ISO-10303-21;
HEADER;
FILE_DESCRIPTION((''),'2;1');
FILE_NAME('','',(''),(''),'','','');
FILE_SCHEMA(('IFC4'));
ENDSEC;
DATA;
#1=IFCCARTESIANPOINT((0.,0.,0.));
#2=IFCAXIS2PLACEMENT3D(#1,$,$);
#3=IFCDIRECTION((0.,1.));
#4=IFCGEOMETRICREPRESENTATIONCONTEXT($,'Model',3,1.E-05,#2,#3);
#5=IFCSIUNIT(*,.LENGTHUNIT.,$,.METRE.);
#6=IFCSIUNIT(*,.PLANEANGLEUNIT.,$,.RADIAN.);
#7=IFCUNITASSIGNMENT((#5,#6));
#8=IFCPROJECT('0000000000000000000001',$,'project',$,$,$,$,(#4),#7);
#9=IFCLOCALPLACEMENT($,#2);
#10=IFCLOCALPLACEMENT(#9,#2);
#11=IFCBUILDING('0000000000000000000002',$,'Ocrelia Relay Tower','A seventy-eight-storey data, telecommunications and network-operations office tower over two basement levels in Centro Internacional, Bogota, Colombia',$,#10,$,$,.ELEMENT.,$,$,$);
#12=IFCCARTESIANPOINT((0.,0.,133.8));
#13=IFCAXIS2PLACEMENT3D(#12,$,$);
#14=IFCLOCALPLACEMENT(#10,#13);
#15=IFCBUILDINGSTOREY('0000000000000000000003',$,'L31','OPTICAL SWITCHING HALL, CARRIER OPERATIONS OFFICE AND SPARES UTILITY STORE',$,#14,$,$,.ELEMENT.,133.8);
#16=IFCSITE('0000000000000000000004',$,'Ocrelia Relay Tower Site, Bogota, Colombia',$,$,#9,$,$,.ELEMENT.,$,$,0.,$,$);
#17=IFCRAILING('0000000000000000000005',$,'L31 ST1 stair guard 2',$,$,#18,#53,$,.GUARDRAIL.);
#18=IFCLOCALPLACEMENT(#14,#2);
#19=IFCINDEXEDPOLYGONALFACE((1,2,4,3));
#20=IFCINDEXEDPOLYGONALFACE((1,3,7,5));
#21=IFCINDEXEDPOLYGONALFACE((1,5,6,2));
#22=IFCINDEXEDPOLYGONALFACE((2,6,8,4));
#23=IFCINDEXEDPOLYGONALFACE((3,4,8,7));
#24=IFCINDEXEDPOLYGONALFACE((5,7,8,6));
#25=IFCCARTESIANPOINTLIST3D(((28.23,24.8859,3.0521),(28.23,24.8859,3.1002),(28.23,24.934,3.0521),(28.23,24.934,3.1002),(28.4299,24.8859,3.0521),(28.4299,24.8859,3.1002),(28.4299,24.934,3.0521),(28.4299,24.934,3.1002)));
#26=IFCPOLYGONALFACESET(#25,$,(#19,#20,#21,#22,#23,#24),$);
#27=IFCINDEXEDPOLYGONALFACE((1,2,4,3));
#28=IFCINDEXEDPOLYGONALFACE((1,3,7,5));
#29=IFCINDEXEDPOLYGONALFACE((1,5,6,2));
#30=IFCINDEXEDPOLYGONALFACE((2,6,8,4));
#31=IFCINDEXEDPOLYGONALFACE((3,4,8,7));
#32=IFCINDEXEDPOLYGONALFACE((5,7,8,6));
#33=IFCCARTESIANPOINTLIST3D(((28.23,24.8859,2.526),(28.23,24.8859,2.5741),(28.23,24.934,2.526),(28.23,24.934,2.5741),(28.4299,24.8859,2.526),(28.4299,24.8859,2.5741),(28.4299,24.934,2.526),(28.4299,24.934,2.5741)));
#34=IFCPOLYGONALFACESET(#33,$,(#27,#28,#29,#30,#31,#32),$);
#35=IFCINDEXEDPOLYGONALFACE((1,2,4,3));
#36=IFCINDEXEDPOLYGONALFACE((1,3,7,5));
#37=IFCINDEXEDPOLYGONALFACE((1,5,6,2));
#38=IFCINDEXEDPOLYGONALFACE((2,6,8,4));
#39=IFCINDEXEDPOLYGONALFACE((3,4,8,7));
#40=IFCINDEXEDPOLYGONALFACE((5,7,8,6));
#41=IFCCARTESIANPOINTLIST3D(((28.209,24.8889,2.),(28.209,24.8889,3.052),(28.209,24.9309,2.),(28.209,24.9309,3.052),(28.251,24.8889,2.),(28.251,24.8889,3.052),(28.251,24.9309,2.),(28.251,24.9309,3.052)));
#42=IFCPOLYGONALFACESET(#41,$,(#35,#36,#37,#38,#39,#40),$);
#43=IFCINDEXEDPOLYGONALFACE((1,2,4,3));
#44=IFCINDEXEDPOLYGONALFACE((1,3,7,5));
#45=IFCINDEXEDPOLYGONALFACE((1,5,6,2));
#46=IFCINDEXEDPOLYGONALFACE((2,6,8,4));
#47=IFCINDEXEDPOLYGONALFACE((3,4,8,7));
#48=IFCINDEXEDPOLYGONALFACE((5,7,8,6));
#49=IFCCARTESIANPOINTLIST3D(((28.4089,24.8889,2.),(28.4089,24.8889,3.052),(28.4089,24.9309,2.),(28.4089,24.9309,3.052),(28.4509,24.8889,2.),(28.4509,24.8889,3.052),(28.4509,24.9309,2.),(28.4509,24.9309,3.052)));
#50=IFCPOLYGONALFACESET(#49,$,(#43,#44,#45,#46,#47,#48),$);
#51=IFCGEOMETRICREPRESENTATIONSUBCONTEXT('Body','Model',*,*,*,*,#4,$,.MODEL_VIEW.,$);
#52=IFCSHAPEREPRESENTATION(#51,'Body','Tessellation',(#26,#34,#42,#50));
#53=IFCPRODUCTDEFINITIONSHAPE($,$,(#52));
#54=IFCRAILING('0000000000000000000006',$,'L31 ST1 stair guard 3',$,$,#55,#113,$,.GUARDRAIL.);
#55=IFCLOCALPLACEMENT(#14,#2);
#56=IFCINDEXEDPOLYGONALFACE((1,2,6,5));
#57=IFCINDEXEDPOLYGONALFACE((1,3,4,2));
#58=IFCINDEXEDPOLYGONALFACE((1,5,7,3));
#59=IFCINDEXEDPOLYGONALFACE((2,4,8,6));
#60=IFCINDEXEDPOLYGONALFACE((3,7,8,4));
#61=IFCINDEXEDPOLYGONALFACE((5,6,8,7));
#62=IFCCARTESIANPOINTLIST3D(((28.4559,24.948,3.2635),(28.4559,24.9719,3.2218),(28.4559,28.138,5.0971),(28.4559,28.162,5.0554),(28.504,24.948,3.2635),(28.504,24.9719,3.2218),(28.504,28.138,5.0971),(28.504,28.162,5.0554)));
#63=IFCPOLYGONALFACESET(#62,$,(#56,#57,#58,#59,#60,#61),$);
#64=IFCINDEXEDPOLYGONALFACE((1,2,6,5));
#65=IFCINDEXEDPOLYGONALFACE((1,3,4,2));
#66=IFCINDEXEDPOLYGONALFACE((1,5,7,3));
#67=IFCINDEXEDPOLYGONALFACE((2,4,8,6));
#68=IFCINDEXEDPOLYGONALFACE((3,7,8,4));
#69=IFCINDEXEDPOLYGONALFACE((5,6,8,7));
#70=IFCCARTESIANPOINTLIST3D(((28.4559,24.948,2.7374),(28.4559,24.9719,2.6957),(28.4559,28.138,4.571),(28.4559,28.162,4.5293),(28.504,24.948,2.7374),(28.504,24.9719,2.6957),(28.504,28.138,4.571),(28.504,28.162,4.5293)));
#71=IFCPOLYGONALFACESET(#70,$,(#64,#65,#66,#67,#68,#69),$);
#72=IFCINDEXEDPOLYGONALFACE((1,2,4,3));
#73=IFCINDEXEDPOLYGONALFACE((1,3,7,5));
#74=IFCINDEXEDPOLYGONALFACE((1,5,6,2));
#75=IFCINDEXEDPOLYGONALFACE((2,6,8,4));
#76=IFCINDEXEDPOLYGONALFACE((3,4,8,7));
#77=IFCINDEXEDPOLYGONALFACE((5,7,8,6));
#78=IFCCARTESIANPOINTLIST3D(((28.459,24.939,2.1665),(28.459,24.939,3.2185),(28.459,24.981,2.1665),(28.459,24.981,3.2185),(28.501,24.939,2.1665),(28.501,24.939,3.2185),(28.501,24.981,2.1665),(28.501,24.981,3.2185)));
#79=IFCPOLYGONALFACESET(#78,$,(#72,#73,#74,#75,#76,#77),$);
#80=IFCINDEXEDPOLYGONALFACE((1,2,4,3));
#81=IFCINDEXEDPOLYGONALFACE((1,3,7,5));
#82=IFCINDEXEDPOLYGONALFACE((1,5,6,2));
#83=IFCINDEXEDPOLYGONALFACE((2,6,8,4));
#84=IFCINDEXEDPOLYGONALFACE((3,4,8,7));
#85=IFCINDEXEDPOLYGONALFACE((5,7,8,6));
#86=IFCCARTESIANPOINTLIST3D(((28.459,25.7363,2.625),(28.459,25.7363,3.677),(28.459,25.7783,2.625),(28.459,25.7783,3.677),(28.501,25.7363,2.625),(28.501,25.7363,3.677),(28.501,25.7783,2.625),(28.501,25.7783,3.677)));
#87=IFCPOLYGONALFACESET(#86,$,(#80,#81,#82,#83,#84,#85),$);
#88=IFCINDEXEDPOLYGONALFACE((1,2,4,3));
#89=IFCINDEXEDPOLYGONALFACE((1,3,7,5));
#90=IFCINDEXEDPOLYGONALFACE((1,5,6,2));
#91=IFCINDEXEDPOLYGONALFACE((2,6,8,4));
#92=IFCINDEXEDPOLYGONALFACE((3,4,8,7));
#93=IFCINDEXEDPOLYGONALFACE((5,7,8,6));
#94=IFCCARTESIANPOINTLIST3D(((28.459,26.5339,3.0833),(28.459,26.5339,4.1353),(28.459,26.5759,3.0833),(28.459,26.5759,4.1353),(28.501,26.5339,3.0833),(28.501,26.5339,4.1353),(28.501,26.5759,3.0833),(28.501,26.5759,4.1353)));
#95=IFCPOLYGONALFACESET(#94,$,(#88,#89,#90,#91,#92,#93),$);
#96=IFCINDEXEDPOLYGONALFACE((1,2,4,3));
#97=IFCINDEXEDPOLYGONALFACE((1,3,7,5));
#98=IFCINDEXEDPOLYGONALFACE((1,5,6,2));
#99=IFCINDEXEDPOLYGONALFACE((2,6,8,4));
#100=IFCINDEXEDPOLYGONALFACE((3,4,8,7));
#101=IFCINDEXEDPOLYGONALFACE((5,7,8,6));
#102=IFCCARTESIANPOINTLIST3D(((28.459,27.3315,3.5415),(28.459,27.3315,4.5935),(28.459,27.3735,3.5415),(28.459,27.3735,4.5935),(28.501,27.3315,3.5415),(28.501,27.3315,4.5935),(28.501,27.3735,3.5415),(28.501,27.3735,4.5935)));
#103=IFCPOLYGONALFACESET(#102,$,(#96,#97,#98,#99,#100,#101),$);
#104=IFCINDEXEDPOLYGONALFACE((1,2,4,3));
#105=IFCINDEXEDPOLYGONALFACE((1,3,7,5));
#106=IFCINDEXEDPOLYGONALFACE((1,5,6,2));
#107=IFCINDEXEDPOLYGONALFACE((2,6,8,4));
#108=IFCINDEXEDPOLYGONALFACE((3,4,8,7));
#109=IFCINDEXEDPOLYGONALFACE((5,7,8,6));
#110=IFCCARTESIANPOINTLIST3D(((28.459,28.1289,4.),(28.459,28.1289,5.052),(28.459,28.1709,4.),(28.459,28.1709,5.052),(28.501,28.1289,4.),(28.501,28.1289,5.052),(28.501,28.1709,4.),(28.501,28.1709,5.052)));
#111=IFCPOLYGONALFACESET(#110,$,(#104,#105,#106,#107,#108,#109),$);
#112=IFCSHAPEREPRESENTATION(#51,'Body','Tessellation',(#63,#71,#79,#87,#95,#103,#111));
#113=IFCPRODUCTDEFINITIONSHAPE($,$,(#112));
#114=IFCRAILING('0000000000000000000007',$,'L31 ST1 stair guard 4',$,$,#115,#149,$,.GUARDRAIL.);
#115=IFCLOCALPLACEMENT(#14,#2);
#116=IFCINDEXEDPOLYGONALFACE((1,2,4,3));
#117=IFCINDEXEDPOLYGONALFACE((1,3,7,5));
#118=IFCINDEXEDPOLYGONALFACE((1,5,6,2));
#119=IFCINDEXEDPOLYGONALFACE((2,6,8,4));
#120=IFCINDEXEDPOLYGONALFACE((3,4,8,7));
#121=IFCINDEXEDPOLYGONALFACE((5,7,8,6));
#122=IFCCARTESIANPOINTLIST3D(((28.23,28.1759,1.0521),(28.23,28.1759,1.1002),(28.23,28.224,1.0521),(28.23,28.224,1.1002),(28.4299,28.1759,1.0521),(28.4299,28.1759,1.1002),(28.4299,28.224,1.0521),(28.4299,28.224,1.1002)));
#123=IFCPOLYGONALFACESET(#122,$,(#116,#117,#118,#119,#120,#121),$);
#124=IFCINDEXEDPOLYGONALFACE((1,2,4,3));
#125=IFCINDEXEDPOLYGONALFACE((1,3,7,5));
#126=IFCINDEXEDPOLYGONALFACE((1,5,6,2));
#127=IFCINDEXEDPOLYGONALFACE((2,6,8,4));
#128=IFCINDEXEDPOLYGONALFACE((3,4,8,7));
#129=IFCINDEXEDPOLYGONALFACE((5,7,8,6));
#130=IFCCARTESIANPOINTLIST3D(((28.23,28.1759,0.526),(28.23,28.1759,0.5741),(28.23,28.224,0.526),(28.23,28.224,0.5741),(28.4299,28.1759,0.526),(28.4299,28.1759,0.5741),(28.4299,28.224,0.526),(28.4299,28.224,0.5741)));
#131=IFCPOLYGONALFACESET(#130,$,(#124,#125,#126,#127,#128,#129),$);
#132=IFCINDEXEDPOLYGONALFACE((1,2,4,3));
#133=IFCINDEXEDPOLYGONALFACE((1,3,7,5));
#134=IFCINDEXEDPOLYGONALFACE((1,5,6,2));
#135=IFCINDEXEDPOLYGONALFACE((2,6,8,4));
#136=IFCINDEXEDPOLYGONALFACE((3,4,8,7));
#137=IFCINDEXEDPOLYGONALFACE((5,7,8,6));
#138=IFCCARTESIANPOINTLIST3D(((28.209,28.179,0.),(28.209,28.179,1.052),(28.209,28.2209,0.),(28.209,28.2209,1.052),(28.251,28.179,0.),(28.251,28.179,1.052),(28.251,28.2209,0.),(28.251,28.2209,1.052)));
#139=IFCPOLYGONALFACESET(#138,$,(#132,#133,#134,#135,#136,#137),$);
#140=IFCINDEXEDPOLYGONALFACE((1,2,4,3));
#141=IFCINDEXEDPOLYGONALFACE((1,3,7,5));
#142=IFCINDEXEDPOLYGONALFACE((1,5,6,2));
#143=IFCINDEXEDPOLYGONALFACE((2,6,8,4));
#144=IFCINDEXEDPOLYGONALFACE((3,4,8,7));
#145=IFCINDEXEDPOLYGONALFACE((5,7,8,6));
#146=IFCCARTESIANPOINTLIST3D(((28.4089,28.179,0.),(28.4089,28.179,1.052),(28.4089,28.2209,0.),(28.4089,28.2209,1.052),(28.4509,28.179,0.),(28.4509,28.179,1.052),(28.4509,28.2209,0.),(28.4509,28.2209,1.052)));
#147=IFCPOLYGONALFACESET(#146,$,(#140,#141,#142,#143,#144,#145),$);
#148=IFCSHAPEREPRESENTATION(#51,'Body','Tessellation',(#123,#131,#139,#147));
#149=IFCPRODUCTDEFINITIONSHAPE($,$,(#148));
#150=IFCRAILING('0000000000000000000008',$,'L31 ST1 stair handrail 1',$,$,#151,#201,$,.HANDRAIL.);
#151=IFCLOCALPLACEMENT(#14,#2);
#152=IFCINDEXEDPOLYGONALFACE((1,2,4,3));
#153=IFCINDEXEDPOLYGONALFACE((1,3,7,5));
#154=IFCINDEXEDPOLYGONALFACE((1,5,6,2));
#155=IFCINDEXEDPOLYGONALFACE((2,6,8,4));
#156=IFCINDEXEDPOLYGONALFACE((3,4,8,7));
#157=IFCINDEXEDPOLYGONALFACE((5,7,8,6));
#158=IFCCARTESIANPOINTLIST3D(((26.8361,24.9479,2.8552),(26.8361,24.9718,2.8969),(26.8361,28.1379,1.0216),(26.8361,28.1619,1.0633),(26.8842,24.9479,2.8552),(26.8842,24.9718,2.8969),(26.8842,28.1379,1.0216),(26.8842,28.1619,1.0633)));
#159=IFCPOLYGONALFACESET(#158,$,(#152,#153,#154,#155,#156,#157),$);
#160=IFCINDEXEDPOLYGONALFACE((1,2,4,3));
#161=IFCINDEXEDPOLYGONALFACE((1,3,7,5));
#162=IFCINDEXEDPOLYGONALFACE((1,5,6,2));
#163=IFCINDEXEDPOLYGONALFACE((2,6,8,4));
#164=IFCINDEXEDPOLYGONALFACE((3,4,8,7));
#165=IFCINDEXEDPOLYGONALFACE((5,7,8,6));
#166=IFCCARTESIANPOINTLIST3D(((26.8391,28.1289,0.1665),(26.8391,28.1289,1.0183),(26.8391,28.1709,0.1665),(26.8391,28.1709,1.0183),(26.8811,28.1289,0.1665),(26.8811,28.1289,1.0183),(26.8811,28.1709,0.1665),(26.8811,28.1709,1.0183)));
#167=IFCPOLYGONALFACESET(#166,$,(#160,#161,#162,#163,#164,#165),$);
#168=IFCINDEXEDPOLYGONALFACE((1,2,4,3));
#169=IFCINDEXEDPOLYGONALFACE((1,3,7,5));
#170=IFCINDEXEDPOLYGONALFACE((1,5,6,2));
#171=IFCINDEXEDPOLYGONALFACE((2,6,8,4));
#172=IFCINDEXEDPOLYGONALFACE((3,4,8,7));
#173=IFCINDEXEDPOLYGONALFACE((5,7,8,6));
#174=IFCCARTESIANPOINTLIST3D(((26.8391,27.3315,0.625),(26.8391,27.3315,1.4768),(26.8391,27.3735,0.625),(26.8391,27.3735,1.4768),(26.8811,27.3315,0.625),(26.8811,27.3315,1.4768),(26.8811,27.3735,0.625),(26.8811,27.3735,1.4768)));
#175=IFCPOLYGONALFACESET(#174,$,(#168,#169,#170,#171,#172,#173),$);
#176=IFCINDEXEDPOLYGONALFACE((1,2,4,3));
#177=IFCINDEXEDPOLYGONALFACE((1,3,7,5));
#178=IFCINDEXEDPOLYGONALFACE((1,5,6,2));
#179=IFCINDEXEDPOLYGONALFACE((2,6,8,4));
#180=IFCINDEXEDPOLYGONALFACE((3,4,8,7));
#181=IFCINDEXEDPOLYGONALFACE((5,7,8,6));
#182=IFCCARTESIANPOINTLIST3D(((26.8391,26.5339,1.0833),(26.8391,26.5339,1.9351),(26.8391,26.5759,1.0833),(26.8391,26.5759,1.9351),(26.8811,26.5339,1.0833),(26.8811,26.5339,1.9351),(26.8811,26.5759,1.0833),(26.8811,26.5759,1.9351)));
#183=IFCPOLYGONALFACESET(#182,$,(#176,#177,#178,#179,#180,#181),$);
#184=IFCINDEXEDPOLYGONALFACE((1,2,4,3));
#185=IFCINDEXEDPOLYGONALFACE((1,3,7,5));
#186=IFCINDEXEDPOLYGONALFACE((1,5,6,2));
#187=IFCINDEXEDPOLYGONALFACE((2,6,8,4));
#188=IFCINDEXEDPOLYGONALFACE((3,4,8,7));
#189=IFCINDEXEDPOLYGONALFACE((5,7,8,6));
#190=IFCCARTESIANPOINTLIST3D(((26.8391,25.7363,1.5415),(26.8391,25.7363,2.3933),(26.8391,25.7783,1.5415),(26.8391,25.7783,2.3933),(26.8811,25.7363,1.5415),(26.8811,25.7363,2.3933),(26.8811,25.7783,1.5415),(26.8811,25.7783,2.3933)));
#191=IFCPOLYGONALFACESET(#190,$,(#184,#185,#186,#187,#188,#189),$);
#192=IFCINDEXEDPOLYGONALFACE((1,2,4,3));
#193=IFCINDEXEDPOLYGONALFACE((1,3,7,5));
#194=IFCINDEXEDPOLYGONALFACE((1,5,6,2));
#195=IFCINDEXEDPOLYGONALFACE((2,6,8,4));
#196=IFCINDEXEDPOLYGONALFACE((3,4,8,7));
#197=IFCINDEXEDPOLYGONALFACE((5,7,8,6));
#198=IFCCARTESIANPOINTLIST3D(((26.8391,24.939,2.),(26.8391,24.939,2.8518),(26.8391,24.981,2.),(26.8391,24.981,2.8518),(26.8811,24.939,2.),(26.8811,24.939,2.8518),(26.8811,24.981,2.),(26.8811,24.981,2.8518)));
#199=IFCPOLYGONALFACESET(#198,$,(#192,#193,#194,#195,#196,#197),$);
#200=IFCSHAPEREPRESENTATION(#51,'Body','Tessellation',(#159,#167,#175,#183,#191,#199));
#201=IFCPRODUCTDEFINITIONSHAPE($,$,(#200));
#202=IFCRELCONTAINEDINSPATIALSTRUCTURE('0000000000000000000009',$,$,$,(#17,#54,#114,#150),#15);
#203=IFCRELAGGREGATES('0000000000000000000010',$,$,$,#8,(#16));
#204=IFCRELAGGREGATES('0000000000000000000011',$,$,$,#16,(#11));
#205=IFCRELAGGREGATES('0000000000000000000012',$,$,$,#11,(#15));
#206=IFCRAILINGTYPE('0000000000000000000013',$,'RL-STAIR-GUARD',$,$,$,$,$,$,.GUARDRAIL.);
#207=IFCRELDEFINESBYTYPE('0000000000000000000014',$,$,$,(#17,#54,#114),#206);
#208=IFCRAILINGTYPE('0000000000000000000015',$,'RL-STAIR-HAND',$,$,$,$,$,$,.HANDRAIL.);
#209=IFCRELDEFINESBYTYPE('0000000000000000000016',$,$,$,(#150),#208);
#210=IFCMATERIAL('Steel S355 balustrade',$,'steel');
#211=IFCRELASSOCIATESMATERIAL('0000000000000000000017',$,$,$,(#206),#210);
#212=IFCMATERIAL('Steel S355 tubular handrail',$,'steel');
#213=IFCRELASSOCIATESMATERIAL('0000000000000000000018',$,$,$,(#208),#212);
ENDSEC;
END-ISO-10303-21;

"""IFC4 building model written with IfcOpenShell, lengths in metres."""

from ifc_helpers import new_model, si_unit, direction, frame, origin, origin_2d, place, context, subcontext, project, spatial, rectangle, extrude, material, type_object, element, save


model = new_model("IFC4")

# Units and contexts
model_context = context("Model", 3, precision=1e-05, world=origin(), true_north=direction((0.0, 1.0)))
body_context = subcontext(model_context, "Body", "Model", "MODEL_VIEW")
ifc_project = project(units=[si_unit("LENGTHUNIT", "METRE"), si_unit("PLANEANGLEUNIT", "RADIAN")], contexts=[model_context])

# Site, building, storey
site_placement = place(None, origin())
site = spatial("IfcSite", under=ifc_project, at=site_placement, Name="Ocrelia Relay Tower Site, Bogota, Colombia", CompositionType="ELEMENT", RefElevation=0.0)
building_placement = place(site_placement, origin())
building = spatial("IfcBuilding", under=site, at=building_placement, Name="Ocrelia Relay Tower", Description="A seventy-eight-storey data, telecommunications and network-operations office tower over two basement levels in Centro Internacional, Bogota, Colombia", CompositionType="ELEMENT")
storey_placement = place(building_placement, frame((0.0, 0.0, 133.8)))
storey = spatial("IfcBuildingStorey", under=building, at=storey_placement, Name="L31", Description="OPTICAL SWITCHING HALL, CARRIER OPERATIONS OFFICE AND SPARES UTILITY STORE", CompositionType="ELEMENT", Elevation=133.8)

# Railings
ifc_material_1 = material(Name="Steel S355 balustrade", Category="steel")
railing_type_1 = type_object("IfcRailingType", Name="RL-STAIR-GUARD", PredefinedType="GUARDRAIL", material=ifc_material_1)
railing_1_placement = place(storey_placement, frame((28.23, 24.9099, 2.0)))
element("IfcRailing", 1, at=railing_1_placement, inside=storey, type_object=railing_type_1, Name="L31 ST1 stair guard 2", PredefinedType="GUARDRAIL", context=body_context, shape_type="SweptSolid", body=[
    extrude(rectangle(XDim=0.0481, YDim=0.0481, at=origin_2d()), frame((0.0, 0.0, 1.0762), z_axis=(1.0, 0.0, 0.0), x_axis=(0.0, 1.0, 0.0)), (0.0, 0.0, 1.0), 0.2),
    extrude(rectangle(XDim=0.0481, YDim=0.0481, at=origin_2d()), frame((0.0, 0.0, 0.55), z_axis=(1.0, 0.0, 0.0), x_axis=(0.0, 1.0, 0.0)), (0.0, 0.0, 1.0), 0.2),
    extrude(rectangle(XDim=0.042, YDim=0.042, at=origin_2d()), origin(), (0.0, 0.0, 1.0), 1.052),
    extrude(rectangle(XDim=0.042, YDim=0.042, at=origin_2d()), frame((0.2, 0.0, 0.0)), (0.0, 0.0, 1.0), 1.052),
])
railing_2_placement = place(storey_placement, frame((28.48, 24.96, 2.1665)))
element("IfcRailing", 2, at=railing_2_placement, inside=storey, type_object=railing_type_1, Name="L31 ST1 stair guard 3", PredefinedType="GUARDRAIL", context=body_context, shape_type="SweptSolid", body=[
    extrude(rectangle(XDim=0.0481, YDim=0.0481, at=origin_2d()), frame((0.0, 0.0, 1.0762), z_axis=(0.0, 0.866991, 0.498324), x_axis=(-1.0, 0.0, 0.0)), (0.0, 0.0, 1.0), 3.6794),
    extrude(rectangle(XDim=0.0481, YDim=0.0481, at=origin_2d()), frame((0.0, 0.0, 0.55), z_axis=(0.0, 0.866991, 0.498324), x_axis=(-1.0, 0.0, 0.0)), (0.0, 0.0, 1.0), 3.6794),
    extrude(rectangle(XDim=0.042, YDim=0.042, at=origin_2d()), origin(), (0.0, 0.0, 1.0), 1.052),
    extrude(rectangle(XDim=0.042, YDim=0.042, at=origin_2d()), frame((0.0, 0.7974, 0.4585)), (0.0, 0.0, 1.0), 1.052),
    extrude(rectangle(XDim=0.042, YDim=0.042, at=origin_2d()), frame((0.0, 1.595, 0.9167)), (0.0, 0.0, 1.0), 1.052),
    extrude(rectangle(XDim=0.042, YDim=0.042, at=origin_2d()), frame((0.0, 2.3926, 1.375)), (0.0, 0.0, 1.0), 1.052),
    extrude(rectangle(XDim=0.042, YDim=0.042, at=origin_2d()), frame((0.0, 3.1899, 1.8335)), (0.0, 0.0, 1.0), 1.052),
])
railing_3_placement = place(storey_placement, frame((28.23, 28.2, 0.0)))
element("IfcRailing", 3, at=railing_3_placement, inside=storey, type_object=railing_type_1, Name="L31 ST1 stair guard 4", PredefinedType="GUARDRAIL", context=body_context, shape_type="SweptSolid", body=[
    extrude(rectangle(XDim=0.0481, YDim=0.0481, at=origin_2d()), frame((0.0, 0.0, 1.0762), z_axis=(1.0, 0.0, 0.0), x_axis=(0.0, 1.0, 0.0)), (0.0, 0.0, 1.0), 0.2),
    extrude(rectangle(XDim=0.0481, YDim=0.0481, at=origin_2d()), frame((0.0, 0.0, 0.55), z_axis=(1.0, 0.0, 0.0), x_axis=(0.0, 1.0, 0.0)), (0.0, 0.0, 1.0), 0.2),
    extrude(rectangle(XDim=0.042, YDim=0.042, at=origin_2d()), origin(), (0.0, 0.0, 1.0), 1.052),
    extrude(rectangle(XDim=0.042, YDim=0.042, at=origin_2d()), frame((0.2, 0.0, 0.0)), (0.0, 0.0, 1.0), 1.052),
])
ifc_material_2 = material(Name="Steel S355 tubular handrail", Category="steel")
railing_type_2 = type_object("IfcRailingType", Name="RL-STAIR-HAND", PredefinedType="HANDRAIL", material=ifc_material_2)
railing_4_placement = place(storey_placement, frame((26.8601, 28.1499, 0.1665)))
element("IfcRailing", 4, at=railing_4_placement, inside=storey, type_object=railing_type_2, Name="L31 ST1 stair handrail 1", PredefinedType="HANDRAIL", context=body_context, shape_type="SweptSolid", body=[
    extrude(rectangle(XDim=0.0481, YDim=0.0481, at=origin_2d()), frame((0.0, 0.0, 0.876), z_axis=(0.0, -0.866991, 0.498324), x_axis=(1.0, 0.0, 0.0)), (0.0, 0.0, 1.0), 3.6794),
    extrude(rectangle(XDim=0.042, YDim=0.042, at=origin_2d()), origin(), (0.0, 0.0, 1.0), 0.8518),
    extrude(rectangle(XDim=0.042, YDim=0.042, at=origin_2d()), frame((0.0, -0.7974, 0.4585)), (0.0, 0.0, 1.0), 0.8518),
    extrude(rectangle(XDim=0.042, YDim=0.042, at=origin_2d()), frame((0.0, -1.595, 0.9167)), (0.0, 0.0, 1.0), 0.8518),
    extrude(rectangle(XDim=0.042, YDim=0.042, at=origin_2d()), frame((0.0, -2.3926, 1.375)), (0.0, 0.0, 1.0), 0.8518),
    extrude(rectangle(XDim=0.042, YDim=0.042, at=origin_2d()), frame((0.0, -3.1899, 1.8335)), (0.0, 0.0, 1.0), 0.8518),
])

save(model, "model.ifc")
